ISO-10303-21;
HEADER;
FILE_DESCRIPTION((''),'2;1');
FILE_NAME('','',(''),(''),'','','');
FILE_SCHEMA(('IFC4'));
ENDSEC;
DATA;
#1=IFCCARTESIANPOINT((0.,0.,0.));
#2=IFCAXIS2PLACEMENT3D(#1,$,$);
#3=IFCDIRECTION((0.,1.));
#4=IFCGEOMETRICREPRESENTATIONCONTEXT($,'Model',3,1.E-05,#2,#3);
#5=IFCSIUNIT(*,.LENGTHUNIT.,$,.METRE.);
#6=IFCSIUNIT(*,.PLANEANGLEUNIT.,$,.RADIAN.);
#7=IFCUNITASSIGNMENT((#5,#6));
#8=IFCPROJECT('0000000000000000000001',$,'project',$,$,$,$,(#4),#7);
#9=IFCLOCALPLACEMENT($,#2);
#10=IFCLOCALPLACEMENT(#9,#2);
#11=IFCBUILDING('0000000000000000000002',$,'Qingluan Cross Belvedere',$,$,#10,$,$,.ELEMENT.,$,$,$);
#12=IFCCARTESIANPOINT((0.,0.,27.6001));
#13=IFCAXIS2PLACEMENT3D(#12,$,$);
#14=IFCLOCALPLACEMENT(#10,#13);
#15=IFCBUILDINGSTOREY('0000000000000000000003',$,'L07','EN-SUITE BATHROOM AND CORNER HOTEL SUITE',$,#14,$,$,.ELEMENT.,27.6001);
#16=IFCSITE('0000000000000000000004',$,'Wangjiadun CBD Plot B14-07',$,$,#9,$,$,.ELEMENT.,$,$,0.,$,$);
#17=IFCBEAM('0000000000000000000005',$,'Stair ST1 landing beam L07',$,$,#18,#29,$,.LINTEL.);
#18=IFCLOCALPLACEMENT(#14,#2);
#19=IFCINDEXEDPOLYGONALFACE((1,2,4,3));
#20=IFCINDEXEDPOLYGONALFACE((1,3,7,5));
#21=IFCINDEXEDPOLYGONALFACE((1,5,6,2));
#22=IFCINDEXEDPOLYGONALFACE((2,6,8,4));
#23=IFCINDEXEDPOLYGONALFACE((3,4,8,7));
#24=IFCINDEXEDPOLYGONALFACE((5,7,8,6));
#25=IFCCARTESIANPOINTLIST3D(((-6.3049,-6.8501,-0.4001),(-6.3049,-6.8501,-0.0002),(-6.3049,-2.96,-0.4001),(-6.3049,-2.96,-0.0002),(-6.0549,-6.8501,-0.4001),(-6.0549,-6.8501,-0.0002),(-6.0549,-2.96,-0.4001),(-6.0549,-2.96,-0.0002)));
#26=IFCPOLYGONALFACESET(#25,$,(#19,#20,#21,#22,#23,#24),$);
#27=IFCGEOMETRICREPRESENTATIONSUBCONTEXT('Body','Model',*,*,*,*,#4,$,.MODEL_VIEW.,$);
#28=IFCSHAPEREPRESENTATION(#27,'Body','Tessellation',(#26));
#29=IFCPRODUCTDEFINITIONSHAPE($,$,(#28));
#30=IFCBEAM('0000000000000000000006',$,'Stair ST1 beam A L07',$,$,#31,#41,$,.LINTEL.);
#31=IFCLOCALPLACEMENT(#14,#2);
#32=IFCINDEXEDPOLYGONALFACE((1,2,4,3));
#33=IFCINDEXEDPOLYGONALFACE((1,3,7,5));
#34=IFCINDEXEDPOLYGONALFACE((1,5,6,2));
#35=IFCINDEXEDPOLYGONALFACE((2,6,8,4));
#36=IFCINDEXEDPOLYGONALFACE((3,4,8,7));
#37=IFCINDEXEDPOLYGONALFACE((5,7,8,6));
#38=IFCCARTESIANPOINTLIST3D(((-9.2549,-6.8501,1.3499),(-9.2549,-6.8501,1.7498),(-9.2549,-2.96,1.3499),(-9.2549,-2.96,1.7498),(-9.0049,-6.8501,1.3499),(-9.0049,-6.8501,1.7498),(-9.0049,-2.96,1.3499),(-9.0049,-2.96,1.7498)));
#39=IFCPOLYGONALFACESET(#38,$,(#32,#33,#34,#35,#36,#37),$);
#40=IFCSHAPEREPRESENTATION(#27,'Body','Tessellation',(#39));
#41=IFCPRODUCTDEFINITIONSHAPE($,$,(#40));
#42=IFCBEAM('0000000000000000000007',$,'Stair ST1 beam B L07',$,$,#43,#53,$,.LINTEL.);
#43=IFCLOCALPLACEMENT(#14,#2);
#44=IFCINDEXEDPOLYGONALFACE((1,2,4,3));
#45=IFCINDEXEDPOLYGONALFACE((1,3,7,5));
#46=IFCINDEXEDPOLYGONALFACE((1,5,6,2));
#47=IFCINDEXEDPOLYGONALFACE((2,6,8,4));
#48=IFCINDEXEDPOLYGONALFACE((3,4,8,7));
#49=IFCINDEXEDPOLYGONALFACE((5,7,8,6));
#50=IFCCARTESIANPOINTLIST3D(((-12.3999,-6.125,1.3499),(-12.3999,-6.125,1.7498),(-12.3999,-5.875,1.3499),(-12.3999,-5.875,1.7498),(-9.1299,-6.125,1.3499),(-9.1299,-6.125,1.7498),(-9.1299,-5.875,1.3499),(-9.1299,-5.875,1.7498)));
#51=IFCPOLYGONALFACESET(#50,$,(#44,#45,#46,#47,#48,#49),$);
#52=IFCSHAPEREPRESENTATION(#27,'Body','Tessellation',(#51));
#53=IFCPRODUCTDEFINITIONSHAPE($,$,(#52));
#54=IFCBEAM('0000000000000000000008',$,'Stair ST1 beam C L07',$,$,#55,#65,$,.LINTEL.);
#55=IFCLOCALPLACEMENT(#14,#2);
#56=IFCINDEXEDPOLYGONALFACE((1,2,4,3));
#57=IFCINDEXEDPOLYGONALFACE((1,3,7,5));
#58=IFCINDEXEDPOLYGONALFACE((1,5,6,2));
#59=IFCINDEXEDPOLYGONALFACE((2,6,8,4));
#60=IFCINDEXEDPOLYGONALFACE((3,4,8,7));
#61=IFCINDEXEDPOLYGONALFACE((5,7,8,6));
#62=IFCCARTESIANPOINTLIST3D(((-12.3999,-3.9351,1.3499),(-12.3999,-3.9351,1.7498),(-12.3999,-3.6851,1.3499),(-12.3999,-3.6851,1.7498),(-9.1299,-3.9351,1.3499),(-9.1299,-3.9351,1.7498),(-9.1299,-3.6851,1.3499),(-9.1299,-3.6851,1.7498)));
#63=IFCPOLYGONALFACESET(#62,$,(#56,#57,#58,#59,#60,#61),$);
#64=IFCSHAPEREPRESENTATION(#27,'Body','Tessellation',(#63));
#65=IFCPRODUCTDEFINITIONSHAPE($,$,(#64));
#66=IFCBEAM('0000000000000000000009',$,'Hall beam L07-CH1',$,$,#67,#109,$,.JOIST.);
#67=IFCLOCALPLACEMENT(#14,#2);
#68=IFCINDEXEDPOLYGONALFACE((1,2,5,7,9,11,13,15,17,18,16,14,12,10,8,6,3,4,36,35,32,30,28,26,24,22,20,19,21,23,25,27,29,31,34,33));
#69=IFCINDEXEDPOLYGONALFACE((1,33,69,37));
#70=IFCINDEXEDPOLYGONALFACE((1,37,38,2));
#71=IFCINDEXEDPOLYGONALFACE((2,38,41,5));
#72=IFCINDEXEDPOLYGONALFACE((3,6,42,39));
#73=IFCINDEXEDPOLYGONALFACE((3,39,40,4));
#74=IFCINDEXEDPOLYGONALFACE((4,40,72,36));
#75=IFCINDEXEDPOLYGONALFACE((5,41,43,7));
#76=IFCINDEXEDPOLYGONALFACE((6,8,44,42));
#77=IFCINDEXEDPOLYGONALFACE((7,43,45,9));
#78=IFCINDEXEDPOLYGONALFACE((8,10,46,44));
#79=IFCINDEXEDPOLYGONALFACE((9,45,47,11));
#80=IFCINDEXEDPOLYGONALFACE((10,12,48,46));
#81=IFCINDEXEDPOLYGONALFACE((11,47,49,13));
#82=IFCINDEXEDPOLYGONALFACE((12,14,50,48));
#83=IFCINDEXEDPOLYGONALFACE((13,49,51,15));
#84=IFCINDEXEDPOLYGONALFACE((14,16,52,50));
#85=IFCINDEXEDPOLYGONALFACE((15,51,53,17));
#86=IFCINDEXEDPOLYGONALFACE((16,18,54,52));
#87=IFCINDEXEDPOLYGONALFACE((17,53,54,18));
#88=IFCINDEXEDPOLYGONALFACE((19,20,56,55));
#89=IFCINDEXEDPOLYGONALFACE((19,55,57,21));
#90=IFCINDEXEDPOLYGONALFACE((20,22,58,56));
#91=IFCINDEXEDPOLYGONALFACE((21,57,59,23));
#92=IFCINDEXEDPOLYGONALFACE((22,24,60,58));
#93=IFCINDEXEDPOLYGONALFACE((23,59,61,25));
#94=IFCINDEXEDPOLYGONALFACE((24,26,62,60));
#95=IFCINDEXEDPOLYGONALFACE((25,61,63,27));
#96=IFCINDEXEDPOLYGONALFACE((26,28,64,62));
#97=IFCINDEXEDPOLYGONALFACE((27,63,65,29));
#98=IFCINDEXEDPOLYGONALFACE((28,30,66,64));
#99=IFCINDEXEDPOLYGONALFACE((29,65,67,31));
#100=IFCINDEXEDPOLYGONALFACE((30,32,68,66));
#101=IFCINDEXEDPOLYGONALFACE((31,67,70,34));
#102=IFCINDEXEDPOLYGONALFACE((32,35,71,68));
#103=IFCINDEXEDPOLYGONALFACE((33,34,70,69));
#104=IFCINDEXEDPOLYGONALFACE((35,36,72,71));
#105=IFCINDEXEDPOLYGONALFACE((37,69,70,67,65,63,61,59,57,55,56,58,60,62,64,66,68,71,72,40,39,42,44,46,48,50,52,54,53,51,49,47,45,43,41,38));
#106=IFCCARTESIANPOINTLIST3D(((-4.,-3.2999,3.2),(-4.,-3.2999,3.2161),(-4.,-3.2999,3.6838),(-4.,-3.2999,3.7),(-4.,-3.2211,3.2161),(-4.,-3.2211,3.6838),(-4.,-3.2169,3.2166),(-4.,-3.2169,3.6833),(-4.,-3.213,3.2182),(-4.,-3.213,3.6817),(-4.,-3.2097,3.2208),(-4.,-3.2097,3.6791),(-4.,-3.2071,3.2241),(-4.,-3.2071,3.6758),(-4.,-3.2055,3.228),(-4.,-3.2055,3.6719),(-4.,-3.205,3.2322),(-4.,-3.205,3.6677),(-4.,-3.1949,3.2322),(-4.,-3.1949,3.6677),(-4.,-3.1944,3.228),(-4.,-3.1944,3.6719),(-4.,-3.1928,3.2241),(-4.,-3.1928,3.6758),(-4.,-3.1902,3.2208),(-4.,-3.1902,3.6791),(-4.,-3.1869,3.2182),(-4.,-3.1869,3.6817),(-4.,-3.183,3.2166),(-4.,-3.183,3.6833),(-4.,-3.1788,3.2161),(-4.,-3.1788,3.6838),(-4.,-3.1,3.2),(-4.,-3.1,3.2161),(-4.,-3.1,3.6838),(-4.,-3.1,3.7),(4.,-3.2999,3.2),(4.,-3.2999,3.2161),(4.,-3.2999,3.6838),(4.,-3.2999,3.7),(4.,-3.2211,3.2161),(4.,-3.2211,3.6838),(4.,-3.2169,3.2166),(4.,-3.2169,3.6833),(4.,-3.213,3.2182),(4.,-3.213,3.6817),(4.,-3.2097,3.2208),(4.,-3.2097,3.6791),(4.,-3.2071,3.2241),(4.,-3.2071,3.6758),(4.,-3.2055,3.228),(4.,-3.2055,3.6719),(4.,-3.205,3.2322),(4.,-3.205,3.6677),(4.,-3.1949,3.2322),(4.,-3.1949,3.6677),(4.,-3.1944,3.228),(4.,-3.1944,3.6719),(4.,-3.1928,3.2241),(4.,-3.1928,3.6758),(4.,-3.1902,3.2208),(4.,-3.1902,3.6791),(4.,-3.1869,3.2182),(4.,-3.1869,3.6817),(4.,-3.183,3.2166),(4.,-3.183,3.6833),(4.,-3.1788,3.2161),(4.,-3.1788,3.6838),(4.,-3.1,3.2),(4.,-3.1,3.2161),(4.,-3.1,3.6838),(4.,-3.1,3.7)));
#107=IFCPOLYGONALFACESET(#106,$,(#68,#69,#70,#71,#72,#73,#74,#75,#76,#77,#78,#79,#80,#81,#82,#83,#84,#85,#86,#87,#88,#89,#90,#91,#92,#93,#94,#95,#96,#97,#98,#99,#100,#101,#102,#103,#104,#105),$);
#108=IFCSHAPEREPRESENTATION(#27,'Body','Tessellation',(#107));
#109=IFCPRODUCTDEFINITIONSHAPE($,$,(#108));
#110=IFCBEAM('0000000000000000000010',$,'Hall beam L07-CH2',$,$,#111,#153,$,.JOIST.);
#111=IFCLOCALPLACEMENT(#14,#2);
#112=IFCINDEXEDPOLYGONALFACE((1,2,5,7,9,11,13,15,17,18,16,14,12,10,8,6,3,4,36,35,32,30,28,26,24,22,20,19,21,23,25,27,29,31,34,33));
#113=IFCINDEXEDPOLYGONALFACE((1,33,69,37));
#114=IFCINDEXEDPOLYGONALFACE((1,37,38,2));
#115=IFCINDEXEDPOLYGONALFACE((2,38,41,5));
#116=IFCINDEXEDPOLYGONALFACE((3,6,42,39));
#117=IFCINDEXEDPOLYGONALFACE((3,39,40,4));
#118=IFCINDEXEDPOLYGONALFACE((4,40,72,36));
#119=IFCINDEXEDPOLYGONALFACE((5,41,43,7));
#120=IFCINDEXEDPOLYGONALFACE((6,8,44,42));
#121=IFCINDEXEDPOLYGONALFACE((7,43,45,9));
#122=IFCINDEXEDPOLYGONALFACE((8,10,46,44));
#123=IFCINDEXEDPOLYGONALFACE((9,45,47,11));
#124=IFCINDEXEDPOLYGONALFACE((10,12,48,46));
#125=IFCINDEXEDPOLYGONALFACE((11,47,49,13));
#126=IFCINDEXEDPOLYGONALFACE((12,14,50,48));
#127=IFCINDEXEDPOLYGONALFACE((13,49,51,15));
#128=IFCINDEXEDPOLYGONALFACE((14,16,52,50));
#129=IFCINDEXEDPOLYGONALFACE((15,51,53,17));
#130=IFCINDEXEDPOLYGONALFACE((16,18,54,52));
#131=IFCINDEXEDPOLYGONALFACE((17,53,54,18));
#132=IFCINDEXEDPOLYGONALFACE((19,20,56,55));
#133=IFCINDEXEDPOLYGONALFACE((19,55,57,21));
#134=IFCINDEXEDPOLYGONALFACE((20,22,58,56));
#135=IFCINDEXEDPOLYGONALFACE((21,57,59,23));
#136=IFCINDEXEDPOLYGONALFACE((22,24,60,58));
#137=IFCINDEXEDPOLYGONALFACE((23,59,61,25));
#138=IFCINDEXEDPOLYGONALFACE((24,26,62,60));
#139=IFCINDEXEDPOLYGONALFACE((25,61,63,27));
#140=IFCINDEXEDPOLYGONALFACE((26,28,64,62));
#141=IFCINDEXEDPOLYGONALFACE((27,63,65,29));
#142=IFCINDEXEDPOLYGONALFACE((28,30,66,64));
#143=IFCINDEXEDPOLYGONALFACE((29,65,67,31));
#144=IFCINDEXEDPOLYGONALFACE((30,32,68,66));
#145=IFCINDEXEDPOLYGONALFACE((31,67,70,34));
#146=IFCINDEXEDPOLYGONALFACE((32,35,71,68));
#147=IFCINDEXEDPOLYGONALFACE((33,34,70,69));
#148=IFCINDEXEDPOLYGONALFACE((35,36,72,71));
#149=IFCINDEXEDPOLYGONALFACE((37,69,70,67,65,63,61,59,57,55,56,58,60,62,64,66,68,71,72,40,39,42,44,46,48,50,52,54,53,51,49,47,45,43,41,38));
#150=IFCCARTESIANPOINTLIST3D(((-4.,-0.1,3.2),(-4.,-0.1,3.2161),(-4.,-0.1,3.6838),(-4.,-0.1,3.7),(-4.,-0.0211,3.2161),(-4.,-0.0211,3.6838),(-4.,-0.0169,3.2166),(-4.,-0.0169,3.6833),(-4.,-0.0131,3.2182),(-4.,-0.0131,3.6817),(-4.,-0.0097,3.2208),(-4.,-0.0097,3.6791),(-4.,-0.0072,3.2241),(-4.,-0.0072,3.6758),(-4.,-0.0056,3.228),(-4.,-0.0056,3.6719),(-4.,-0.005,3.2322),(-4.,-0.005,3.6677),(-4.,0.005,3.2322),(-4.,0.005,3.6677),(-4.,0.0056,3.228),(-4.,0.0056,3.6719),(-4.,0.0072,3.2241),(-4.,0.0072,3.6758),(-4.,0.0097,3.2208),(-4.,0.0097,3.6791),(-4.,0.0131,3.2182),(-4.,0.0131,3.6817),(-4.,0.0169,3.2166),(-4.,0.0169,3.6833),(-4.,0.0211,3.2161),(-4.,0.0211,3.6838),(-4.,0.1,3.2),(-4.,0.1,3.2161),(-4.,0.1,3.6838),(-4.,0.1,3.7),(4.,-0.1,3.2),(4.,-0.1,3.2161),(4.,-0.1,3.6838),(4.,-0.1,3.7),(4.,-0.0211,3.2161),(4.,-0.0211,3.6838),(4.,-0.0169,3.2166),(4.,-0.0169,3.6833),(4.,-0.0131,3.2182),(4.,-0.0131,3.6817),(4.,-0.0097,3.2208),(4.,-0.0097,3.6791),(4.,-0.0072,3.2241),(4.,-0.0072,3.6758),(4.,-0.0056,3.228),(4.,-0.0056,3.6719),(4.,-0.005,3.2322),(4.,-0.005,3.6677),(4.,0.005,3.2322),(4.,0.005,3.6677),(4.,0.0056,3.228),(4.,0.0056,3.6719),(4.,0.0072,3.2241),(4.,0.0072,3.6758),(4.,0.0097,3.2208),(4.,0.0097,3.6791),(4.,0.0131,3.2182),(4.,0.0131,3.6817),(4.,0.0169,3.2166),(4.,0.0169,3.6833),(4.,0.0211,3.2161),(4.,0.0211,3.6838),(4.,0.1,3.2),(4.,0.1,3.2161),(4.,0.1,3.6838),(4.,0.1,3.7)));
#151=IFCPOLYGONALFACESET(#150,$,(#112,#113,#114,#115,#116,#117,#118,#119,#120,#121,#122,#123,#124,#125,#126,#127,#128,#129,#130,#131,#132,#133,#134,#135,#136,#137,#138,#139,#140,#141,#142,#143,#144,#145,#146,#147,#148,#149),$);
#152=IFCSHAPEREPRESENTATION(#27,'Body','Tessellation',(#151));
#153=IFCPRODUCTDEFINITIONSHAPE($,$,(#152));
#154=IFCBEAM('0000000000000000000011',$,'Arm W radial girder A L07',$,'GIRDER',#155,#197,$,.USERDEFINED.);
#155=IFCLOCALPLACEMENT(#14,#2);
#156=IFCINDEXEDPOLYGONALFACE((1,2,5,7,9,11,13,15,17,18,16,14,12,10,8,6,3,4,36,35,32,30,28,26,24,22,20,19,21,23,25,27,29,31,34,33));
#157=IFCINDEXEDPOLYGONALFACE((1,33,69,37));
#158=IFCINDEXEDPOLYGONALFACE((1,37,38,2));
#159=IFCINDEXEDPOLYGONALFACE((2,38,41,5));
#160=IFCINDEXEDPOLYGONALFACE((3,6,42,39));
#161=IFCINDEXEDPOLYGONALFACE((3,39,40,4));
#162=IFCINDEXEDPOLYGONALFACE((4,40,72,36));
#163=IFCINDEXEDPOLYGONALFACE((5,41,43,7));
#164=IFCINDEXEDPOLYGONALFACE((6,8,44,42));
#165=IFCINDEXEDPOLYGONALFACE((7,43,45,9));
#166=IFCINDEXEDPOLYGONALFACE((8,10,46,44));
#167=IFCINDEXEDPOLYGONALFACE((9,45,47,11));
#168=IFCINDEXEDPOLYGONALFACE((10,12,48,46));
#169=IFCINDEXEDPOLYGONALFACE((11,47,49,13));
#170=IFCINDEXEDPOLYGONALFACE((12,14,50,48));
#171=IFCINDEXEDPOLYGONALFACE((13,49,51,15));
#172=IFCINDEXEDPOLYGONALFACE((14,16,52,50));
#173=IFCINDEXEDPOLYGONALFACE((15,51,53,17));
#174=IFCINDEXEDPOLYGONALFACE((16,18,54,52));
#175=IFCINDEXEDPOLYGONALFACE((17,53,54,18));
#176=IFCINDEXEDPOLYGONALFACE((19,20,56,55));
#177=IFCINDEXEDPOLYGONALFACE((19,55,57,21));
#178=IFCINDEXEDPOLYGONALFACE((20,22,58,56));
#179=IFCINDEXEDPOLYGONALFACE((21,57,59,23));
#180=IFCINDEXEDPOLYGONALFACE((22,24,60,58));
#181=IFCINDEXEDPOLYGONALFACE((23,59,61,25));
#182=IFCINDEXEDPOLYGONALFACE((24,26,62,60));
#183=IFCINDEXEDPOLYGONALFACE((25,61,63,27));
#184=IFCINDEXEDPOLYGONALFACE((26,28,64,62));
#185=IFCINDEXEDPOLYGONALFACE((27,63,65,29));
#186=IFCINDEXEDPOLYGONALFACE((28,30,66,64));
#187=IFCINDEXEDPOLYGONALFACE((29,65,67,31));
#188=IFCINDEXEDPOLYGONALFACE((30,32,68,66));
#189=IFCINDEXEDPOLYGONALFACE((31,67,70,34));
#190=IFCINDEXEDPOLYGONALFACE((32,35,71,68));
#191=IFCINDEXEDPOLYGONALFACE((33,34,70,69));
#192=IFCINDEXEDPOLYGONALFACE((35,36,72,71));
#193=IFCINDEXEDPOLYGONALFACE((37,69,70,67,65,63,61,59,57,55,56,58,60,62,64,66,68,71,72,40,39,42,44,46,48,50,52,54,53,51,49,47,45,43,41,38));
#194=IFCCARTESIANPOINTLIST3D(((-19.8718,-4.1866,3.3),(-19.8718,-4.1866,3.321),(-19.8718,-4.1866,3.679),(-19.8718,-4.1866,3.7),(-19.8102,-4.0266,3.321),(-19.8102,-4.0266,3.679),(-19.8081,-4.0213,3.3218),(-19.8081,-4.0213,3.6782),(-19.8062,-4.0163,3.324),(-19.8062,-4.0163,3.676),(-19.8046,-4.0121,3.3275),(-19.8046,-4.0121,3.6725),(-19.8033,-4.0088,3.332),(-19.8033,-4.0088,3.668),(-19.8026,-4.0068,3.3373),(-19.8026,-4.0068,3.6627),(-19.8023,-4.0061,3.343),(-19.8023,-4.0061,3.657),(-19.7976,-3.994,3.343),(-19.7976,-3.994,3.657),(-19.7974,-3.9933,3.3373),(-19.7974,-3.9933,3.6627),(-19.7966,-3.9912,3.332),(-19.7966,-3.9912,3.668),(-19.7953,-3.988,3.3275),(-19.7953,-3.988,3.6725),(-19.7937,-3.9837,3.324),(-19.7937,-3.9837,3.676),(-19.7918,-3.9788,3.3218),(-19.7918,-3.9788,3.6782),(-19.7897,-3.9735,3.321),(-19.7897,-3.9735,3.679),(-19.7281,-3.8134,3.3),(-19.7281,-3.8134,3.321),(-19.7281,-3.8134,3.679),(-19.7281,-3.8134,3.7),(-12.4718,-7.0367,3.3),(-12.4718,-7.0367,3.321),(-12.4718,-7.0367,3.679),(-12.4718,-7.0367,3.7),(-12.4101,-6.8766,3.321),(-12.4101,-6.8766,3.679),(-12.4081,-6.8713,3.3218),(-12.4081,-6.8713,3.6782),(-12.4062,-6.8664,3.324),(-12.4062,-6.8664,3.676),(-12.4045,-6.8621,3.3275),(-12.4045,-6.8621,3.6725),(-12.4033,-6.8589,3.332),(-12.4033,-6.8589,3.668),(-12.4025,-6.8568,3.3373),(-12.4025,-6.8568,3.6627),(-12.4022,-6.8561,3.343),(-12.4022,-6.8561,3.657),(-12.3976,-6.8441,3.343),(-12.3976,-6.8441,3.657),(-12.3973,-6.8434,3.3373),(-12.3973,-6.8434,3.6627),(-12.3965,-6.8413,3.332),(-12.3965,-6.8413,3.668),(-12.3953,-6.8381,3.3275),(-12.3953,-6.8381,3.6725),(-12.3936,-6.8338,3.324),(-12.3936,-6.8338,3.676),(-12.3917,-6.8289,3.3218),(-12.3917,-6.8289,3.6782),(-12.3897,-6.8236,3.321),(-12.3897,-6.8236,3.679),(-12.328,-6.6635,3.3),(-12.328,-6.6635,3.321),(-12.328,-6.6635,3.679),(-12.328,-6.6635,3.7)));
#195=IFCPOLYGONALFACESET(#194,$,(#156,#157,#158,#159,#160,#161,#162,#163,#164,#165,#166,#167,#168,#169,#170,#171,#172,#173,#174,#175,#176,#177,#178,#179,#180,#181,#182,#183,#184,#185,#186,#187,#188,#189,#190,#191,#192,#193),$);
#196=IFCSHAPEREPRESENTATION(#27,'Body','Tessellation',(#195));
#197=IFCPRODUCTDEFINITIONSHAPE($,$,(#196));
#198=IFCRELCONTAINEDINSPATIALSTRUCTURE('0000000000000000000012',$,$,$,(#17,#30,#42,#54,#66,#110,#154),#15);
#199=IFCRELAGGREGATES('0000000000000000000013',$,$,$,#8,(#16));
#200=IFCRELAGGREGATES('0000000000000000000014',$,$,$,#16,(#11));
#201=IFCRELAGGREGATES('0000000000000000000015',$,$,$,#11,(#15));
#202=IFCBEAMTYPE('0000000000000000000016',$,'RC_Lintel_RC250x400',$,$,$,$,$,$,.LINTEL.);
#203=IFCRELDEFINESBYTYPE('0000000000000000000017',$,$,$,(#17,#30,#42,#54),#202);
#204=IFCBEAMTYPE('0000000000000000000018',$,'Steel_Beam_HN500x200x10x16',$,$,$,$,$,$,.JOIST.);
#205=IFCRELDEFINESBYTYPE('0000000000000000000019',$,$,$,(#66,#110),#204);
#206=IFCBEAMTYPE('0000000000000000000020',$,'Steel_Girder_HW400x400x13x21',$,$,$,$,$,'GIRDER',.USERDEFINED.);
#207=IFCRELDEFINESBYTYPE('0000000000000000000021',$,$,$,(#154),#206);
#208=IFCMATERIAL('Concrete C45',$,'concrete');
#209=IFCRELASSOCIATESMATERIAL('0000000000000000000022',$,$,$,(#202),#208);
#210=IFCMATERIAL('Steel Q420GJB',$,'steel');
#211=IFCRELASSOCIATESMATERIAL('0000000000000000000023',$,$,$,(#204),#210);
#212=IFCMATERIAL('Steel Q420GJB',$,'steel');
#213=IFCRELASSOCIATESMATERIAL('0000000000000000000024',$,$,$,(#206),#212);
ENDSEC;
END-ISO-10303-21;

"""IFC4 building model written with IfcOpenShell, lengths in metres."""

from ifc_helpers import new_model, si_unit, direction, frame, origin, origin_2d, place, context, subcontext, project, spatial, rectangle, i_section, extrude, material, material_profile, profile_set, type_object, element, save


model = new_model("IFC4")

# Units and contexts
model_context = context("Model", 3, precision=1e-05, world=origin(), true_north=direction((0.0, 1.0)))
body_context = subcontext(model_context, "Body", "Model", "MODEL_VIEW")
ifc_project = project(units=[si_unit("LENGTHUNIT", "METRE"), si_unit("PLANEANGLEUNIT", "RADIAN")], contexts=[model_context])

# Site, building, storey
site_placement = place(None, origin())
site = spatial("IfcSite", under=ifc_project, at=site_placement, Name="Wangjiadun CBD Plot B14-07", CompositionType="ELEMENT", RefElevation=0.0)
building_placement = place(site_placement, origin())
building = spatial("IfcBuilding", under=site, at=building_placement, Name="Qingluan Cross Belvedere", CompositionType="ELEMENT")
storey_placement = place(building_placement, frame((0.0, 0.0, 27.6001)))
storey = spatial("IfcBuildingStorey", under=building, at=storey_placement, Name="L07", Description="EN-SUITE BATHROOM AND CORNER HOTEL SUITE", CompositionType="ELEMENT", Elevation=27.6001)

# Beams
ifc_material_1 = material(Name="Concrete C45", Category="concrete")
ifc_material_profile_1 = material_profile(ifc_material_1, rectangle(XDim=0.25, YDim=0.3999, at=origin_2d()), Name="RC250x400")
ifc_profile_set_1 = profile_set([ifc_material_profile_1], Name="Concrete C45")
beam_type_1 = type_object("IfcBeamType", Name="RC_Lintel_RC250x400", PredefinedType="LINTEL", material=ifc_profile_set_1)
for number, where, z_axis, x_axis, name in (
    (1, (-6.1799, -6.8501, -0.2002), (0.0, 1.0, 0.0), (-1.0, 0.0, 0.0), "Stair ST1 landing beam L07"),
    (2, (-9.1299, -6.8501, 1.5498), (0.0, 1.0, 0.0), (-1.0, 0.0, 0.0), "Stair ST1 beam A L07"),
):
    element("IfcBeam", number, at=place(storey_placement, frame(where, z_axis=z_axis, x_axis=x_axis)), inside=storey, type_object=beam_type_1, Name=name, PredefinedType="LINTEL", context=body_context, shape_type="SweptSolid", body=[
        extrude(rectangle(XDim=0.25, YDim=0.3999, at=origin_2d()), origin(), (0.0, 0.0, 1.0), 3.8901),
    ])
for number, where, z_axis, x_axis, name in (
    (3, (-12.3999, -6.0, 1.5498), (1.0, 0.0, 0.0), (0.0, 1.0, 0.0), "Stair ST1 beam B L07"),
    (4, (-12.3999, -3.8101, 1.5498), (1.0, 0.0, 0.0), (0.0, 1.0, 0.0), "Stair ST1 beam C L07"),
):
    element("IfcBeam", number, at=place(storey_placement, frame(where, z_axis=z_axis, x_axis=x_axis)), inside=storey, type_object=beam_type_1, Name=name, PredefinedType="LINTEL", context=body_context, shape_type="SweptSolid", body=[
        extrude(rectangle(XDim=0.25, YDim=0.3999, at=origin_2d()), origin(), (0.0, 0.0, 1.0), 3.27),
    ])
ifc_material_2 = material(Name="Steel Q420GJB", Category="steel")
ifc_material_profile_2 = material_profile(ifc_material_2, i_section(OverallWidth=0.2, OverallDepth=0.5, WebThickness=0.01, FlangeThickness=0.0161, FilletRadius=0.0161, at=origin_2d()), Name="HN500x200x10x16")
ifc_profile_set_2 = profile_set([ifc_material_profile_2], Name="Steel Q420GJB")
beam_type_2 = type_object("IfcBeamType", Name="Steel_Beam_HN500x200x10x16", PredefinedType="JOIST", material=ifc_profile_set_2)
for number, where, z_axis, x_axis, name in (
    (5, (-4.0, -3.2, 3.45), (1.0, 0.0, 0.0), (0.0, 1.0, 0.0), "Hall beam L07-CH1"),
    (6, (-4.0, 0.0, 3.45), (1.0, 0.0, 0.0), (0.0, 1.0, 0.0), "Hall beam L07-CH2"),
):
    element("IfcBeam", number, at=place(storey_placement, frame(where, z_axis=z_axis, x_axis=x_axis)), inside=storey, type_object=beam_type_2, Name=name, PredefinedType="JOIST", context=body_context, shape_type="SweptSolid", body=[
        extrude(i_section(OverallWidth=0.2, OverallDepth=0.5, WebThickness=0.01, FlangeThickness=0.0161, FilletRadius=0.0161, at=origin_2d()), origin(), (0.0, 0.0, 1.0), 8.0),
    ])
ifc_material_3 = material(Name="Steel Q420GJB", Category="steel")
ifc_material_profile_3 = material_profile(ifc_material_3, i_section(OverallWidth=0.3999, OverallDepth=0.3999, WebThickness=0.0129, FlangeThickness=0.021, FilletRadius=0.022, at=origin_2d()), Name="HW400x400x13x21")
ifc_profile_set_3 = profile_set([ifc_material_profile_3], Name="Steel Q420GJB")
beam_type_3 = type_object("IfcBeamType", Name="Steel_Girder_HW400x400x13x21", ElementType="GIRDER", PredefinedType="USERDEFINED", material=ifc_profile_set_3)
beam_placement = place(storey_placement, frame((-12.3999, -6.8501, 3.5), z_axis=(-0.933181, 0.359406, 0.0), x_axis=(-0.359406, -0.933181, 0.0)))
element("IfcBeam", 7, at=beam_placement, inside=storey, type_object=beam_type_3, Name="Arm W radial girder A L07", ObjectType="GIRDER", PredefinedType="USERDEFINED", context=body_context, shape_type="SweptSolid", body=[
    extrude(i_section(OverallWidth=0.3999, OverallDepth=0.3999, WebThickness=0.0129, FlangeThickness=0.021, FilletRadius=0.022, at=origin_2d()), origin(), (0.0, 0.0, 1.0), 7.9299),
])

save(model, "model.ifc")
